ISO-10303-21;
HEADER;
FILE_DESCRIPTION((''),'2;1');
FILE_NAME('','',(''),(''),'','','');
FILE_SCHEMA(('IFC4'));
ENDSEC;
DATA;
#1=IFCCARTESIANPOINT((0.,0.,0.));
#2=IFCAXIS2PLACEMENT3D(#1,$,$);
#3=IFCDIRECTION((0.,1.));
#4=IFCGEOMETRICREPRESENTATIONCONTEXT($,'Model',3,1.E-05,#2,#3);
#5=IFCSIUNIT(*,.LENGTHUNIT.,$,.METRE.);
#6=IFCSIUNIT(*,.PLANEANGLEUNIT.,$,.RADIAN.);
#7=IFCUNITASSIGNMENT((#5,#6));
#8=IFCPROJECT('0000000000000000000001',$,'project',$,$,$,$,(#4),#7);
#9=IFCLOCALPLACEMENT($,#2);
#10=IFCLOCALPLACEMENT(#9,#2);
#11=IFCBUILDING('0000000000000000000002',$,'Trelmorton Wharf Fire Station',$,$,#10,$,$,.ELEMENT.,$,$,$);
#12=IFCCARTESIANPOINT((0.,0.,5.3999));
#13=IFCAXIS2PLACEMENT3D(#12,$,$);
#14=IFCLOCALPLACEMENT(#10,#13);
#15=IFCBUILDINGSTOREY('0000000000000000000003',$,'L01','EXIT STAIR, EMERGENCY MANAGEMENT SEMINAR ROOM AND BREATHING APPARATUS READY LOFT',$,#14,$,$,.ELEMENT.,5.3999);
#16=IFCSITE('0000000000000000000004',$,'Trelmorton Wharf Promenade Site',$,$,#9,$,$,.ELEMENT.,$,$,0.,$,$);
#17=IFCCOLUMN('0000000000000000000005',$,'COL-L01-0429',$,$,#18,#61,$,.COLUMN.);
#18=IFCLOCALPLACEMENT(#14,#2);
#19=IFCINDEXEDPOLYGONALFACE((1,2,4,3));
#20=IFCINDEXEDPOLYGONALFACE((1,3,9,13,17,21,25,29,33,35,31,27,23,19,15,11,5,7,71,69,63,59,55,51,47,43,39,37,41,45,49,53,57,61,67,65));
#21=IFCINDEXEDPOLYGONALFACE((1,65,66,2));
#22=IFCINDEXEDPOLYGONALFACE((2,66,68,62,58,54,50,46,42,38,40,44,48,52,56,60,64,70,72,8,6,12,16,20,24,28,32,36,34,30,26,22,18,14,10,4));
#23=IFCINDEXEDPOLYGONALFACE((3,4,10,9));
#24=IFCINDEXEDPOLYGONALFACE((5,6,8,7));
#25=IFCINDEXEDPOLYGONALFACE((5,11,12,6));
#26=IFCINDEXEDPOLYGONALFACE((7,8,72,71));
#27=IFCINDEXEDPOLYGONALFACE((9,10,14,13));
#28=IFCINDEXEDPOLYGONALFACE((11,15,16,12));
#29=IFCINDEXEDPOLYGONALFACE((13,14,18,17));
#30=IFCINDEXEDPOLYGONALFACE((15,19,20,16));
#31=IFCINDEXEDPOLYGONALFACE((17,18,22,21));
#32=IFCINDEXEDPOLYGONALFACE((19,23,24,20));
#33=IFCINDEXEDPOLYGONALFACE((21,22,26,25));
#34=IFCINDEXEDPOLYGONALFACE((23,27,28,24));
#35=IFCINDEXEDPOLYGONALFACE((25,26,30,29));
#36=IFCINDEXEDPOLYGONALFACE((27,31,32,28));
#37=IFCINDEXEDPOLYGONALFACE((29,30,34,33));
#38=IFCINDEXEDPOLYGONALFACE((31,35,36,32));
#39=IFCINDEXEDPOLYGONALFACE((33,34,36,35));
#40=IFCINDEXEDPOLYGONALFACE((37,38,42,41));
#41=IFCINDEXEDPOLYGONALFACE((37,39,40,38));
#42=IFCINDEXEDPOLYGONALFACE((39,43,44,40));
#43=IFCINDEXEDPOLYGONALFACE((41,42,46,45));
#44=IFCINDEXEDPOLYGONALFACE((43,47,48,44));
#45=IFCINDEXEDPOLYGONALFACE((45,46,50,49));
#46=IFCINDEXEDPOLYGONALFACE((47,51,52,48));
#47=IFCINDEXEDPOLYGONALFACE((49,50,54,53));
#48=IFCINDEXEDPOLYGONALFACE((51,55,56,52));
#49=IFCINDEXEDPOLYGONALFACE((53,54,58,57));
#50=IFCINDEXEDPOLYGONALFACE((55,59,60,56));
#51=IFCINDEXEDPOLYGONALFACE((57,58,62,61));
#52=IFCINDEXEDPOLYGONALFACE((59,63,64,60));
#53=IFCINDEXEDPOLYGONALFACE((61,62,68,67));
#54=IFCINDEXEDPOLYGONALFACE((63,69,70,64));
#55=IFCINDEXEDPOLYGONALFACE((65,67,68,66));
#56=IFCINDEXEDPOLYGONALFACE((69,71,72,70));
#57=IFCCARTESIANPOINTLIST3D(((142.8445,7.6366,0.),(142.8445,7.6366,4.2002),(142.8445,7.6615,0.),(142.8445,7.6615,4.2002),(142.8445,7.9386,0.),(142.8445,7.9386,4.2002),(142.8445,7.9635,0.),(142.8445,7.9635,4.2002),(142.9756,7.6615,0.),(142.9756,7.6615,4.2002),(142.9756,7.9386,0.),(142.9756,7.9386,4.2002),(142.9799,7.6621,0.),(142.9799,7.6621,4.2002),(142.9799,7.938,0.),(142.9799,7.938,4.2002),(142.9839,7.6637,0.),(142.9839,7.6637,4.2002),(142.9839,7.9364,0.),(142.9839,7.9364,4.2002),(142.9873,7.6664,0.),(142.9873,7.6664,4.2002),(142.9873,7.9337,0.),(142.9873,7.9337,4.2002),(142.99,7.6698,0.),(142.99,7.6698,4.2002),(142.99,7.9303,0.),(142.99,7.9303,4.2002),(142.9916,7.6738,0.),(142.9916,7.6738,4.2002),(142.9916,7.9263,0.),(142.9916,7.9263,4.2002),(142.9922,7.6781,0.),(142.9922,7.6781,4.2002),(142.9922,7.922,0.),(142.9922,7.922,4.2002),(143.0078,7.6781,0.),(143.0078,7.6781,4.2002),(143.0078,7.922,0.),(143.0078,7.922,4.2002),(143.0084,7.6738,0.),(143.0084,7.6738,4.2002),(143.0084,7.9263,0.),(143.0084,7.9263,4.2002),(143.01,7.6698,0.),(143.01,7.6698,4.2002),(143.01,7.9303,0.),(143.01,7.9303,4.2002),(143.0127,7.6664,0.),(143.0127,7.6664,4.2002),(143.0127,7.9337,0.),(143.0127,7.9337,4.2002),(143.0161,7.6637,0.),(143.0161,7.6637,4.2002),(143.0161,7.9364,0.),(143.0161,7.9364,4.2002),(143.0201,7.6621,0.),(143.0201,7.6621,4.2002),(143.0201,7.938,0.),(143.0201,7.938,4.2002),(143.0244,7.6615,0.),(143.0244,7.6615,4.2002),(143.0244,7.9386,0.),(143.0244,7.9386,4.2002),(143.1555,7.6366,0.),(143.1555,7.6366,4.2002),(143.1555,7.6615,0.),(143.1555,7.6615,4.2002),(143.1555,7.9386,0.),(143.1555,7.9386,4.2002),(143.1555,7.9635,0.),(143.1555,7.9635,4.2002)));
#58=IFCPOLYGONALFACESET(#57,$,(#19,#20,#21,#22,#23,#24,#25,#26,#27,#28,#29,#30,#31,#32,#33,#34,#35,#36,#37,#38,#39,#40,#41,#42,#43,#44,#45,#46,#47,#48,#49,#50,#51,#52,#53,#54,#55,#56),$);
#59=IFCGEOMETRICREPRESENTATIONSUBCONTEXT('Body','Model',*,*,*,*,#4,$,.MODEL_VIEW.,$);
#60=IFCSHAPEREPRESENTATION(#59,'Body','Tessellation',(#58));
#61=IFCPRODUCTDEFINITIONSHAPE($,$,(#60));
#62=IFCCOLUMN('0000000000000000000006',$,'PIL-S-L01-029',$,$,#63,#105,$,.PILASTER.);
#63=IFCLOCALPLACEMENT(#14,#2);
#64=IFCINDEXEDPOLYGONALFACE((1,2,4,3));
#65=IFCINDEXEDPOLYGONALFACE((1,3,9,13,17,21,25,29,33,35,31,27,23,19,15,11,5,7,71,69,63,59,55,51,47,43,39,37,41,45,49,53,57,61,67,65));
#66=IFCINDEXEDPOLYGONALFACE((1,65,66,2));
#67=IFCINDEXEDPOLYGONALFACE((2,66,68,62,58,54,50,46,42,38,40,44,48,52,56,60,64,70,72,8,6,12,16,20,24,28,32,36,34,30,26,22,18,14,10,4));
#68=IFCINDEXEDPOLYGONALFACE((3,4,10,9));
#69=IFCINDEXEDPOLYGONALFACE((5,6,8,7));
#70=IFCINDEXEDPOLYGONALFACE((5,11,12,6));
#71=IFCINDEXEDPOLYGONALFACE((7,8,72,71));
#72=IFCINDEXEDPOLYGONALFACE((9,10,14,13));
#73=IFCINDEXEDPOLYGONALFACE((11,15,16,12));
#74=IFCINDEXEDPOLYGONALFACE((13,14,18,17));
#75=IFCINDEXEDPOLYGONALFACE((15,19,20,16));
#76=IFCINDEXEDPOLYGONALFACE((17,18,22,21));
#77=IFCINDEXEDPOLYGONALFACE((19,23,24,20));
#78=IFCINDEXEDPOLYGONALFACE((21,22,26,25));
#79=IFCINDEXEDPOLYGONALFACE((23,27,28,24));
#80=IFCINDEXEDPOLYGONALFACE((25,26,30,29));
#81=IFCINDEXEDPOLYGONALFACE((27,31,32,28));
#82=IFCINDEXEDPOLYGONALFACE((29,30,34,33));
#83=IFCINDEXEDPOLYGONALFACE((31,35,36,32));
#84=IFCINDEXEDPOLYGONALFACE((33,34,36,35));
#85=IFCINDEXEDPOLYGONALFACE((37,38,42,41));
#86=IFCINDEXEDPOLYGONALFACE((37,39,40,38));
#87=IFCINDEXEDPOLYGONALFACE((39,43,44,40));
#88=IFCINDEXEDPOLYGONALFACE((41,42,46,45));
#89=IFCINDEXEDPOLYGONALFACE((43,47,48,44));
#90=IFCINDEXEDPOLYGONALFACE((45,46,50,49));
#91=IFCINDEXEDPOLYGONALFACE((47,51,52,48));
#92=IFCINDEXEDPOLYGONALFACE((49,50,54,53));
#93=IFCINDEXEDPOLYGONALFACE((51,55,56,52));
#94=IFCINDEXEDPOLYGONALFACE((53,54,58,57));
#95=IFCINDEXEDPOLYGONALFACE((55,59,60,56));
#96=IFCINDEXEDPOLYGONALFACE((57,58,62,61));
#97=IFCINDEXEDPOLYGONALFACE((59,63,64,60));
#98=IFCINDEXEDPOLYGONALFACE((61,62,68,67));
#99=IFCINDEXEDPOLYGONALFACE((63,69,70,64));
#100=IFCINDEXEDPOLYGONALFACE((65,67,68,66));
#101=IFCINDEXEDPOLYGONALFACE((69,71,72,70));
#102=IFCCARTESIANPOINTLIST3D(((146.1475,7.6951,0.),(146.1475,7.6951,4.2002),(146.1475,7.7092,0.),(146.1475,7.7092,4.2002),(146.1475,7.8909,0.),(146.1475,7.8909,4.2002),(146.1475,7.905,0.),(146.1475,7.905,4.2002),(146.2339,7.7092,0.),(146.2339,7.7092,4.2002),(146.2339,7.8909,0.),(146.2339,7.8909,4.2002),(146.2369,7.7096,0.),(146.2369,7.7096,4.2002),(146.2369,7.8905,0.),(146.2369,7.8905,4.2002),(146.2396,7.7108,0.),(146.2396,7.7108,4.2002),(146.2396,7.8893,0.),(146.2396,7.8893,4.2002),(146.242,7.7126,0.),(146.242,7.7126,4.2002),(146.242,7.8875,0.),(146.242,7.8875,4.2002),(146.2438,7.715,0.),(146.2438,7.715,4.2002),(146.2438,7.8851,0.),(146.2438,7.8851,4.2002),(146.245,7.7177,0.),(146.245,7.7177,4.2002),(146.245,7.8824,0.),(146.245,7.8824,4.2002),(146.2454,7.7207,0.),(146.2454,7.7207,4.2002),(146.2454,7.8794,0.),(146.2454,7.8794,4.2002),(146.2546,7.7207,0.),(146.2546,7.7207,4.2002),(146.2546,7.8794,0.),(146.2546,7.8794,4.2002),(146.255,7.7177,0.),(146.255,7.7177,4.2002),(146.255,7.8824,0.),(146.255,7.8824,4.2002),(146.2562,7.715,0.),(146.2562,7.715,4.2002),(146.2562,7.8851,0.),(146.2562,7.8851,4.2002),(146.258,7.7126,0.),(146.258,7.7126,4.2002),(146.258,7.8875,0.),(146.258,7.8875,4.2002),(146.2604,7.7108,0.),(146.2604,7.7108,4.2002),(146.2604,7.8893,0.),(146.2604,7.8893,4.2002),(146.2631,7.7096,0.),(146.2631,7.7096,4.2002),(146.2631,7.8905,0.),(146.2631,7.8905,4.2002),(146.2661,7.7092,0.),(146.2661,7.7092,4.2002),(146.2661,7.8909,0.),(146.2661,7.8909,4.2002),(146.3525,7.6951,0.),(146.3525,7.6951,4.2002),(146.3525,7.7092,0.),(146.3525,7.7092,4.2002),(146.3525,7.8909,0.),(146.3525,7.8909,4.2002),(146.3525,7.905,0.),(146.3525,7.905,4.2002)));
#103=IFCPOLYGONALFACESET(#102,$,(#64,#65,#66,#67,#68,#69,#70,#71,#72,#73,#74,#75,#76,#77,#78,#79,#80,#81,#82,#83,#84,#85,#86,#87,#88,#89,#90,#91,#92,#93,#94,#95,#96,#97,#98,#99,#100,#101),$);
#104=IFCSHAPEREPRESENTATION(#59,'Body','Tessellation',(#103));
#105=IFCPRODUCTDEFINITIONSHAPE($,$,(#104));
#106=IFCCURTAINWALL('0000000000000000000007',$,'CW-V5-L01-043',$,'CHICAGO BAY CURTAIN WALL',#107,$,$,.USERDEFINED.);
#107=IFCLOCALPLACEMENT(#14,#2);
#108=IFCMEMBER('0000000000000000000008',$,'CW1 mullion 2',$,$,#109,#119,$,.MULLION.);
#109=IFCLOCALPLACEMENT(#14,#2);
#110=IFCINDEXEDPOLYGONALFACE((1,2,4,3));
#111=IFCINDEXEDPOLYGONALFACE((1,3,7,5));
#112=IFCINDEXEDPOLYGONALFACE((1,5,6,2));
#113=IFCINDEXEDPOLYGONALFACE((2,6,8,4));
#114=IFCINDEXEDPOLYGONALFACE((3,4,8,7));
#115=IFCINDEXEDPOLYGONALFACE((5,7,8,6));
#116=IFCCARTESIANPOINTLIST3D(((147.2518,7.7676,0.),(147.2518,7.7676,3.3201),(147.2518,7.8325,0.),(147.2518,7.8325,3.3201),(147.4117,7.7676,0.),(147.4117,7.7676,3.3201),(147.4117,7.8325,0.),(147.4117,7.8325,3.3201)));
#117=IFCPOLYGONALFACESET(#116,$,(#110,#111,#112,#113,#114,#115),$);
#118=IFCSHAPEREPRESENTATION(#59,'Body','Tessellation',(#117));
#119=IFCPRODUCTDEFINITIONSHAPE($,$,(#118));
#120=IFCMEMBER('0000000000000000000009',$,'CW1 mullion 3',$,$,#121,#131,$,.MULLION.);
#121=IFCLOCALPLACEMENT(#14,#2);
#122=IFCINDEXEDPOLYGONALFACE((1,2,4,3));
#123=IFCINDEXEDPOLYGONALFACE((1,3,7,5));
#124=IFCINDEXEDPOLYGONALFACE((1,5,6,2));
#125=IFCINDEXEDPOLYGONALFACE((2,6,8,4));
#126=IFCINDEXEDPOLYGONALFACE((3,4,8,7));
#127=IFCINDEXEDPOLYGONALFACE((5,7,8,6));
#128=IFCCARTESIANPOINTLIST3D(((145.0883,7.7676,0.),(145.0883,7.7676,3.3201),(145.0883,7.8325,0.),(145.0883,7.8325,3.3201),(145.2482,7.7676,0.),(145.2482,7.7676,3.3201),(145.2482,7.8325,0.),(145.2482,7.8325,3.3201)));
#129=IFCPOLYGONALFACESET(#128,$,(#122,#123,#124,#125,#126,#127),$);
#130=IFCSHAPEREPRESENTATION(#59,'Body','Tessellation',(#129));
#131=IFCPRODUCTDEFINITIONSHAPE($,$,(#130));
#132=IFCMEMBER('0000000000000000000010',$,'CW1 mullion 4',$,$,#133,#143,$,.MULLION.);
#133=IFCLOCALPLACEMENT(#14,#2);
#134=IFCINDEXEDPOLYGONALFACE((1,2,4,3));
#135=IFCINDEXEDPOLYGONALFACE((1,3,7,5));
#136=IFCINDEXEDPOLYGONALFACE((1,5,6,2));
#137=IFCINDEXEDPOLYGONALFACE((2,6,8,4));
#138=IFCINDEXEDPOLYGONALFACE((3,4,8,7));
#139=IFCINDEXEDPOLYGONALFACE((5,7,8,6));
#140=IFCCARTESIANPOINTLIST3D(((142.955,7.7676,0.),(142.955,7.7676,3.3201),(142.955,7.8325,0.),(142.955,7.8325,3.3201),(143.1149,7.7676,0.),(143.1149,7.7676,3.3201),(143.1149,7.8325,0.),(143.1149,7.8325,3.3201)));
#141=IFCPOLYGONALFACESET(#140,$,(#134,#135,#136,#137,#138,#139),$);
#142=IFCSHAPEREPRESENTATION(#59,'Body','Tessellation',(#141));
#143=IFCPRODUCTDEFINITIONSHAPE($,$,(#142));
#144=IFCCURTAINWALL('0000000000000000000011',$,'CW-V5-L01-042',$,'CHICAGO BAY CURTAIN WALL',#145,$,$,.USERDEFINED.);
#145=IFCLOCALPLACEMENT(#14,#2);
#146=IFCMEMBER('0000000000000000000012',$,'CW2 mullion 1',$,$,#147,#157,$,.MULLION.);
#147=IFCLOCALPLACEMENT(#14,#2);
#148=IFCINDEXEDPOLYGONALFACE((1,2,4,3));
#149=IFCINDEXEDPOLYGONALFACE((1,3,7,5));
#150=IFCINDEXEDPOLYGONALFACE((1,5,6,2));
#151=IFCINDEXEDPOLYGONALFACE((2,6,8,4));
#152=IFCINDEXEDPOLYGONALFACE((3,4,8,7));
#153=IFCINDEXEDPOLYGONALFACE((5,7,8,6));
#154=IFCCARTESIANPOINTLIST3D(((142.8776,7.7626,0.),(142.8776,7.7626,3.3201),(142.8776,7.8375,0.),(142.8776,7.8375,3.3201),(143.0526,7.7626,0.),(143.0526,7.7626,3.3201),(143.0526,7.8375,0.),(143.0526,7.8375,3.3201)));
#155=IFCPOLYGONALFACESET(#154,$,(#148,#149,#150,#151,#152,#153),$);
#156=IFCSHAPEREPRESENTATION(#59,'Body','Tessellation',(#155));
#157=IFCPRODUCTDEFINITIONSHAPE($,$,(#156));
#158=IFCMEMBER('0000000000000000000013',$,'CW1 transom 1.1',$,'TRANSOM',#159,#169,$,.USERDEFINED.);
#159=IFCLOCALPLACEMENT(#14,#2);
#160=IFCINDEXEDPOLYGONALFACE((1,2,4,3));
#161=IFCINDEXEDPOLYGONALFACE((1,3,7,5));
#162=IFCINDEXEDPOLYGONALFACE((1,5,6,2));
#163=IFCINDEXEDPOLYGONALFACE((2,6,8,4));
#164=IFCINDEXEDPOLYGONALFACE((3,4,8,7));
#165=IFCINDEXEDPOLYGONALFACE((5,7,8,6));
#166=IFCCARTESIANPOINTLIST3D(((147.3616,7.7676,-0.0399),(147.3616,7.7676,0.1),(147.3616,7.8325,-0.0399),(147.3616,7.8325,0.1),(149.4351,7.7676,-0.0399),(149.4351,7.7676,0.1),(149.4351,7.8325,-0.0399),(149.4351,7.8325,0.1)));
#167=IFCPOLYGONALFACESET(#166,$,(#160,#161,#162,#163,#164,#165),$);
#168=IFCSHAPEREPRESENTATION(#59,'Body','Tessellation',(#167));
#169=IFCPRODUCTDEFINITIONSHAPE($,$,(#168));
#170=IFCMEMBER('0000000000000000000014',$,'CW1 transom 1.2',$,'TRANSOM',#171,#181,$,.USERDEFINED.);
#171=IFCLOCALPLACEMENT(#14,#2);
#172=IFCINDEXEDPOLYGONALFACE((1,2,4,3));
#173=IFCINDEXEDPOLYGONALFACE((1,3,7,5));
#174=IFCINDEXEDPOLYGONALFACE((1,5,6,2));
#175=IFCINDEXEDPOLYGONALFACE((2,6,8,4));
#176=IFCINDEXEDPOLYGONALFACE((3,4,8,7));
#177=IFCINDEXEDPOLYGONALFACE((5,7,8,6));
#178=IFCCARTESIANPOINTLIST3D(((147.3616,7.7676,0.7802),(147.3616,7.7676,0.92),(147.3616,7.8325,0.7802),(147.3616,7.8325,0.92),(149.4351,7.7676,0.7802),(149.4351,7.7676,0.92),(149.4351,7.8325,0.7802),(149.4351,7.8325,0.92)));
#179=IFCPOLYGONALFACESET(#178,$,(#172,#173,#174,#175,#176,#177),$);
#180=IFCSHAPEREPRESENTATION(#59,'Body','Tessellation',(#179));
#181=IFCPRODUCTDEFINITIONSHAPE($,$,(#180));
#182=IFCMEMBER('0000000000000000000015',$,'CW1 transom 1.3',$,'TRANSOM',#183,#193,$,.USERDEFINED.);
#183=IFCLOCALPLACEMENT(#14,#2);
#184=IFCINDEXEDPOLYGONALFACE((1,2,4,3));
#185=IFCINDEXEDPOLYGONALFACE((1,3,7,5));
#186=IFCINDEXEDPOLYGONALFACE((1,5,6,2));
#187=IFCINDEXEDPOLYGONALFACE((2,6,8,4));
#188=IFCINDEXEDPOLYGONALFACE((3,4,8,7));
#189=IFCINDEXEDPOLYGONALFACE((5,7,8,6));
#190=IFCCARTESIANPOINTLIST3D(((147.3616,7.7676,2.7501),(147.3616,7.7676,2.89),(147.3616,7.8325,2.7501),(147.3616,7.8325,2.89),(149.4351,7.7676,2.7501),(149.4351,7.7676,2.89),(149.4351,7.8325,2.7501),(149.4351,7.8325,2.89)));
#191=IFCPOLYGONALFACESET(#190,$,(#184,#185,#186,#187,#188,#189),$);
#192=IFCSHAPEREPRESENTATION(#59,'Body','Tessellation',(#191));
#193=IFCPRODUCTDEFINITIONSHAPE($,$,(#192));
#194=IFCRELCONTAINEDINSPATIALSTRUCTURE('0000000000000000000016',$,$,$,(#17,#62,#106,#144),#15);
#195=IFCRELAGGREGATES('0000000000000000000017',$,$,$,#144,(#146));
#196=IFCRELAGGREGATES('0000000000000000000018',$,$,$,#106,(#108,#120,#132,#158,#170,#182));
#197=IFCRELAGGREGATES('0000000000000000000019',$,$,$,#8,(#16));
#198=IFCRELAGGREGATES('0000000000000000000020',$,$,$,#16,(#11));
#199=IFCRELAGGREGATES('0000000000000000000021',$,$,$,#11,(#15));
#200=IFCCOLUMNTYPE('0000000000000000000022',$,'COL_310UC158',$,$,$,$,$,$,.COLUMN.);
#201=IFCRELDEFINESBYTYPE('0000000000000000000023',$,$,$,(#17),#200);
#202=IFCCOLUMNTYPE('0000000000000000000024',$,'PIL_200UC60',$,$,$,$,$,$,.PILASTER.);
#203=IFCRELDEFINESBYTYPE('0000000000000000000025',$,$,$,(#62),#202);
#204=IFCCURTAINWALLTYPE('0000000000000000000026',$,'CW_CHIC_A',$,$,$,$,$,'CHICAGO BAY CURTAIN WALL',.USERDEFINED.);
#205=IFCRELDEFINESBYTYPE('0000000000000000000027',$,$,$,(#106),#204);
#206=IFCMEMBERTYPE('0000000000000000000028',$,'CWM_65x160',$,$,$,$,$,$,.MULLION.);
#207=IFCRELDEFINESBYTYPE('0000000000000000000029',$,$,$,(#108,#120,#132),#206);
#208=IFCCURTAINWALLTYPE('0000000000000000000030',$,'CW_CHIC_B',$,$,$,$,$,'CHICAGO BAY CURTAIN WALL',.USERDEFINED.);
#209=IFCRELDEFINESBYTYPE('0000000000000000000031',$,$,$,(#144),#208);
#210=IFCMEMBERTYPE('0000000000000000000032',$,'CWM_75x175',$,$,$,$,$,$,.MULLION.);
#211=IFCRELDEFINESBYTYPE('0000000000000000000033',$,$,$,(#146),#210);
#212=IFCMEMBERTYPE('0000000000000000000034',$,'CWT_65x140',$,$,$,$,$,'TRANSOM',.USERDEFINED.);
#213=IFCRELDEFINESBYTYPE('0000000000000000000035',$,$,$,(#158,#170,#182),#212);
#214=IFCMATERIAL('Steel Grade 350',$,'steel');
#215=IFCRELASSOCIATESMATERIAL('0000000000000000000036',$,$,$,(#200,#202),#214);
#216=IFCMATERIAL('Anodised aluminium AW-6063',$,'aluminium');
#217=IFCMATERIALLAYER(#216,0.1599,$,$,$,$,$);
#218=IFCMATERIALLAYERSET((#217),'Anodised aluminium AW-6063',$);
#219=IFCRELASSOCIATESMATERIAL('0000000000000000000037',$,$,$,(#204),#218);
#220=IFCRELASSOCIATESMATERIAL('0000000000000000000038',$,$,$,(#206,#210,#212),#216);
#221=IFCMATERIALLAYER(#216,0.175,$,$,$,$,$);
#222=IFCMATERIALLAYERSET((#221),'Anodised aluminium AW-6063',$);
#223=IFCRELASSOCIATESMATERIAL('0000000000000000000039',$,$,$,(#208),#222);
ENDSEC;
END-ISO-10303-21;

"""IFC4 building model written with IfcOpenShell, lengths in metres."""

from ifc_helpers import new_model, si_unit, direction, frame, origin, origin_2d, place, context, subcontext, project, spatial, rectangle, i_section, extrude, material, layer, layer_set, material_profile, profile_set, type_object, element, aggregate, save


model = new_model("IFC4")

# Units and contexts
model_context = context("Model", 3, precision=1e-05, world=origin(), true_north=direction((0.0, 1.0)))
body_context = subcontext(model_context, "Body", "Model", "MODEL_VIEW")
ifc_project = project(units=[si_unit("LENGTHUNIT", "METRE"), si_unit("PLANEANGLEUNIT", "RADIAN")], contexts=[model_context])

# Site, building, storey
site_placement = place(None, origin())
site = spatial("IfcSite", under=ifc_project, at=site_placement, Name="Trelmorton Wharf Promenade Site", CompositionType="ELEMENT", RefElevation=0.0)
building_placement = place(site_placement, origin())
building = spatial("IfcBuilding", under=site, at=building_placement, Name="Trelmorton Wharf Fire Station", CompositionType="ELEMENT")
storey_placement = place(building_placement, frame((0.0, 0.0, 5.3999)))
storey = spatial("IfcBuildingStorey", under=building, at=storey_placement, Name="L01", Description="EXIT STAIR, EMERGENCY MANAGEMENT SEMINAR ROOM AND BREATHING APPARATUS READY LOFT", CompositionType="ELEMENT", Elevation=5.3999)

# Columns
ifc_material_1 = material(Name="Steel Grade 350", Category="steel")
ifc_material_profile_1 = material_profile(ifc_material_1, i_section(OverallWidth=0.311, OverallDepth=0.3269, WebThickness=0.0156, FlangeThickness=0.0249, FilletRadius=0.0166, at=origin_2d()), Name="310UC158")
ifc_profile_set_1 = profile_set([ifc_material_profile_1], Name="Steel Grade 350")
column_type_1 = type_object("IfcColumnType", Name="COL_310UC158", PredefinedType="COLUMN", material=ifc_profile_set_1)
column_1_placement = place(storey_placement, frame((143.0, 7.8, 0.0), z_axis=(0.0, 0.0, 1.0), x_axis=(1.0, 0.0, 0.0)))
element("IfcColumn", 1, at=column_1_placement, inside=storey, type_object=column_type_1, Name="COL-L01-0429", PredefinedType="COLUMN", context=body_context, shape_type="SweptSolid", body=[
    extrude(i_section(OverallWidth=0.311, OverallDepth=0.3269, WebThickness=0.0156, FlangeThickness=0.0249, FilletRadius=0.0166, at=origin_2d()), origin(), (0.0, 0.0, 1.0), 4.2002),
])
ifc_material_profile_2 = material_profile(ifc_material_1, i_section(OverallWidth=0.2051, OverallDepth=0.21, WebThickness=0.0093, FlangeThickness=0.0142, FilletRadius=0.0115, at=origin_2d()), Name="200UC59.5")
ifc_profile_set_2 = profile_set([ifc_material_profile_2], Name="Steel Grade 350")
column_type_2 = type_object("IfcColumnType", Name="PIL_200UC60", PredefinedType="PILASTER", material=ifc_profile_set_2)
column_2_placement = place(storey_placement, frame((146.25, 7.8, 0.0), z_axis=(0.0, 0.0, 1.0), x_axis=(1.0, 0.0, 0.0)))
element("IfcColumn", 2, at=column_2_placement, inside=storey, type_object=column_type_2, Name="PIL-S-L01-029", PredefinedType="PILASTER", context=body_context, shape_type="SweptSolid", body=[
    extrude(i_section(OverallWidth=0.2051, OverallDepth=0.21, WebThickness=0.0093, FlangeThickness=0.0142, FilletRadius=0.0115, at=origin_2d()), origin(), (0.0, 0.0, 1.0), 4.2002),
])

# Curtain wall, members
ifc_material_2 = material(Name="Anodised aluminium AW-6063", Category="aluminium")
ifc_layer_1 = layer(ifc_material_2, 0.1599)
ifc_layer_set_1 = layer_set([ifc_layer_1], Name="Anodised aluminium AW-6063")
curtain_wall_type_1 = type_object("IfcCurtainWallType", Name="CW_CHIC_A", ElementType="CHICAGO BAY CURTAIN WALL", PredefinedType="USERDEFINED", material=ifc_layer_set_1)
curtain_wall_1_placement = place(storey_placement, origin())
curtain_wall_1 = element("IfcCurtainWall", 3, at=curtain_wall_1_placement, inside=storey, type_object=curtain_wall_type_1, Name="CW-V5-L01-043", ObjectType="CHICAGO BAY CURTAIN WALL", PredefinedType="USERDEFINED")
ifc_material_profile_3 = material_profile(ifc_material_2, rectangle(XDim=0.0649, YDim=0.1599, at=origin_2d()), Name="ALU-65x160")
ifc_profile_set_3 = profile_set([ifc_material_profile_3], Name="Anodised aluminium AW-6063")
member_type_1 = type_object("IfcMemberType", Name="CWM_65x160", PredefinedType="MULLION", material=ifc_profile_set_3)
member_1_placement = place(storey_placement, frame((147.3318, 7.8, 0.0), z_axis=(0.0, 0.0, 1.0), x_axis=(0.0, -1.0, 0.0)))
member_1 = element("IfcMember", 4, at=member_1_placement, type_object=member_type_1, Name="CW1 mullion 2", PredefinedType="MULLION", context=body_context, shape_type="SweptSolid", body=[
    extrude(rectangle(XDim=0.0649, YDim=0.1599, at=origin_2d()), origin(), (0.0, 0.0, 1.0), 3.3201),
])
member_2_placement = place(storey_placement, frame((145.1682, 7.8, 0.0), z_axis=(0.0, 0.0, 1.0), x_axis=(0.0, -1.0, 0.0)))
member_2 = element("IfcMember", 5, at=member_2_placement, type_object=member_type_1, Name="CW1 mullion 3", PredefinedType="MULLION", context=body_context, shape_type="SweptSolid", body=[
    extrude(rectangle(XDim=0.0649, YDim=0.1599, at=origin_2d()), origin(), (0.0, 0.0, 1.0), 3.3201),
])
member_3_placement = place(storey_placement, frame((143.0349, 7.8, 0.0), z_axis=(0.0, 0.0, 1.0), x_axis=(0.0, -1.0, 0.0)))
member_3 = element("IfcMember", 6, at=member_3_placement, type_object=member_type_1, Name="CW1 mullion 4", PredefinedType="MULLION", context=body_context, shape_type="SweptSolid", body=[
    extrude(rectangle(XDim=0.0649, YDim=0.1599, at=origin_2d()), origin(), (0.0, 0.0, 1.0), 3.3201),
])

# Curtain wall, member
ifc_layer_2 = layer(ifc_material_2, 0.175)
ifc_layer_set_2 = layer_set([ifc_layer_2], Name="Anodised aluminium AW-6063")
curtain_wall_type_2 = type_object("IfcCurtainWallType", Name="CW_CHIC_B", ElementType="CHICAGO BAY CURTAIN WALL", PredefinedType="USERDEFINED", material=ifc_layer_set_2)
curtain_wall_2_placement = place(storey_placement, origin())
curtain_wall_2 = element("IfcCurtainWall", 7, at=curtain_wall_2_placement, inside=storey, type_object=curtain_wall_type_2, Name="CW-V5-L01-042", ObjectType="CHICAGO BAY CURTAIN WALL", PredefinedType="USERDEFINED")
ifc_material_profile_4 = material_profile(ifc_material_2, rectangle(XDim=0.075, YDim=0.175, at=origin_2d()), Name="ALU-75x175")
ifc_profile_set_4 = profile_set([ifc_material_profile_4], Name="Anodised aluminium AW-6063")
member_type_2 = type_object("IfcMemberType", Name="CWM_75x175", PredefinedType="MULLION", material=ifc_profile_set_4)
member_4_placement = place(storey_placement, frame((142.9651, 7.8, 0.0), z_axis=(0.0, 0.0, 1.0), x_axis=(0.0, -1.0, 0.0)))
member_4 = element("IfcMember", 8, at=member_4_placement, type_object=member_type_2, Name="CW2 mullion 1", PredefinedType="MULLION", context=body_context, shape_type="SweptSolid", body=[
    extrude(rectangle(XDim=0.075, YDim=0.175, at=origin_2d()), origin(), (0.0, 0.0, 1.0), 3.3201),
])

# Members
ifc_material_profile_5 = material_profile(ifc_material_2, rectangle(XDim=0.0649, YDim=0.1399, at=origin_2d()), Name="ALU-65x140")
ifc_profile_set_5 = profile_set([ifc_material_profile_5], Name="Anodised aluminium AW-6063")
member_type_3 = type_object("IfcMemberType", Name="CWT_65x140", ElementType="TRANSOM", PredefinedType="USERDEFINED", material=ifc_profile_set_5)
member_5_placement = place(storey_placement, frame((149.4351, 7.8, 0.03), z_axis=(-1.0, 0.0, 0.0), x_axis=(0.0, -1.0, 0.0)))
member_5 = element("IfcMember", 9, at=member_5_placement, type_object=member_type_3, Name="CW1 transom 1.1", ObjectType="TRANSOM", PredefinedType="USERDEFINED", context=body_context, shape_type="SweptSolid", body=[
    extrude(rectangle(XDim=0.0649, YDim=0.1399, at=origin_2d()), origin(), (0.0, 0.0, 1.0), 2.0735),
])
member_6_placement = place(storey_placement, frame((149.4351, 7.8, 0.8501), z_axis=(-1.0, 0.0, 0.0), x_axis=(0.0, -1.0, 0.0)))
member_6 = element("IfcMember", 10, at=member_6_placement, type_object=member_type_3, Name="CW1 transom 1.2", ObjectType="TRANSOM", PredefinedType="USERDEFINED", context=body_context, shape_type="SweptSolid", body=[
    extrude(rectangle(XDim=0.0649, YDim=0.1399, at=origin_2d()), origin(), (0.0, 0.0, 1.0), 2.0735),
])
member_7_placement = place(storey_placement, frame((149.4351, 7.8, 2.8201), z_axis=(-1.0, 0.0, 0.0), x_axis=(0.0, -1.0, 0.0)))
member_7 = element("IfcMember", 11, at=member_7_placement, type_object=member_type_3, Name="CW1 transom 1.3", ObjectType="TRANSOM", PredefinedType="USERDEFINED", context=body_context, shape_type="SweptSolid", body=[
    extrude(rectangle(XDim=0.0649, YDim=0.1399, at=origin_2d()), origin(), (0.0, 0.0, 1.0), 2.0735),
])
aggregate(curtain_wall_2, [member_4])

aggregate(curtain_wall_1, [member_1, member_2, member_3, member_5, member_6, member_7])

save(model, "model.ifc")
